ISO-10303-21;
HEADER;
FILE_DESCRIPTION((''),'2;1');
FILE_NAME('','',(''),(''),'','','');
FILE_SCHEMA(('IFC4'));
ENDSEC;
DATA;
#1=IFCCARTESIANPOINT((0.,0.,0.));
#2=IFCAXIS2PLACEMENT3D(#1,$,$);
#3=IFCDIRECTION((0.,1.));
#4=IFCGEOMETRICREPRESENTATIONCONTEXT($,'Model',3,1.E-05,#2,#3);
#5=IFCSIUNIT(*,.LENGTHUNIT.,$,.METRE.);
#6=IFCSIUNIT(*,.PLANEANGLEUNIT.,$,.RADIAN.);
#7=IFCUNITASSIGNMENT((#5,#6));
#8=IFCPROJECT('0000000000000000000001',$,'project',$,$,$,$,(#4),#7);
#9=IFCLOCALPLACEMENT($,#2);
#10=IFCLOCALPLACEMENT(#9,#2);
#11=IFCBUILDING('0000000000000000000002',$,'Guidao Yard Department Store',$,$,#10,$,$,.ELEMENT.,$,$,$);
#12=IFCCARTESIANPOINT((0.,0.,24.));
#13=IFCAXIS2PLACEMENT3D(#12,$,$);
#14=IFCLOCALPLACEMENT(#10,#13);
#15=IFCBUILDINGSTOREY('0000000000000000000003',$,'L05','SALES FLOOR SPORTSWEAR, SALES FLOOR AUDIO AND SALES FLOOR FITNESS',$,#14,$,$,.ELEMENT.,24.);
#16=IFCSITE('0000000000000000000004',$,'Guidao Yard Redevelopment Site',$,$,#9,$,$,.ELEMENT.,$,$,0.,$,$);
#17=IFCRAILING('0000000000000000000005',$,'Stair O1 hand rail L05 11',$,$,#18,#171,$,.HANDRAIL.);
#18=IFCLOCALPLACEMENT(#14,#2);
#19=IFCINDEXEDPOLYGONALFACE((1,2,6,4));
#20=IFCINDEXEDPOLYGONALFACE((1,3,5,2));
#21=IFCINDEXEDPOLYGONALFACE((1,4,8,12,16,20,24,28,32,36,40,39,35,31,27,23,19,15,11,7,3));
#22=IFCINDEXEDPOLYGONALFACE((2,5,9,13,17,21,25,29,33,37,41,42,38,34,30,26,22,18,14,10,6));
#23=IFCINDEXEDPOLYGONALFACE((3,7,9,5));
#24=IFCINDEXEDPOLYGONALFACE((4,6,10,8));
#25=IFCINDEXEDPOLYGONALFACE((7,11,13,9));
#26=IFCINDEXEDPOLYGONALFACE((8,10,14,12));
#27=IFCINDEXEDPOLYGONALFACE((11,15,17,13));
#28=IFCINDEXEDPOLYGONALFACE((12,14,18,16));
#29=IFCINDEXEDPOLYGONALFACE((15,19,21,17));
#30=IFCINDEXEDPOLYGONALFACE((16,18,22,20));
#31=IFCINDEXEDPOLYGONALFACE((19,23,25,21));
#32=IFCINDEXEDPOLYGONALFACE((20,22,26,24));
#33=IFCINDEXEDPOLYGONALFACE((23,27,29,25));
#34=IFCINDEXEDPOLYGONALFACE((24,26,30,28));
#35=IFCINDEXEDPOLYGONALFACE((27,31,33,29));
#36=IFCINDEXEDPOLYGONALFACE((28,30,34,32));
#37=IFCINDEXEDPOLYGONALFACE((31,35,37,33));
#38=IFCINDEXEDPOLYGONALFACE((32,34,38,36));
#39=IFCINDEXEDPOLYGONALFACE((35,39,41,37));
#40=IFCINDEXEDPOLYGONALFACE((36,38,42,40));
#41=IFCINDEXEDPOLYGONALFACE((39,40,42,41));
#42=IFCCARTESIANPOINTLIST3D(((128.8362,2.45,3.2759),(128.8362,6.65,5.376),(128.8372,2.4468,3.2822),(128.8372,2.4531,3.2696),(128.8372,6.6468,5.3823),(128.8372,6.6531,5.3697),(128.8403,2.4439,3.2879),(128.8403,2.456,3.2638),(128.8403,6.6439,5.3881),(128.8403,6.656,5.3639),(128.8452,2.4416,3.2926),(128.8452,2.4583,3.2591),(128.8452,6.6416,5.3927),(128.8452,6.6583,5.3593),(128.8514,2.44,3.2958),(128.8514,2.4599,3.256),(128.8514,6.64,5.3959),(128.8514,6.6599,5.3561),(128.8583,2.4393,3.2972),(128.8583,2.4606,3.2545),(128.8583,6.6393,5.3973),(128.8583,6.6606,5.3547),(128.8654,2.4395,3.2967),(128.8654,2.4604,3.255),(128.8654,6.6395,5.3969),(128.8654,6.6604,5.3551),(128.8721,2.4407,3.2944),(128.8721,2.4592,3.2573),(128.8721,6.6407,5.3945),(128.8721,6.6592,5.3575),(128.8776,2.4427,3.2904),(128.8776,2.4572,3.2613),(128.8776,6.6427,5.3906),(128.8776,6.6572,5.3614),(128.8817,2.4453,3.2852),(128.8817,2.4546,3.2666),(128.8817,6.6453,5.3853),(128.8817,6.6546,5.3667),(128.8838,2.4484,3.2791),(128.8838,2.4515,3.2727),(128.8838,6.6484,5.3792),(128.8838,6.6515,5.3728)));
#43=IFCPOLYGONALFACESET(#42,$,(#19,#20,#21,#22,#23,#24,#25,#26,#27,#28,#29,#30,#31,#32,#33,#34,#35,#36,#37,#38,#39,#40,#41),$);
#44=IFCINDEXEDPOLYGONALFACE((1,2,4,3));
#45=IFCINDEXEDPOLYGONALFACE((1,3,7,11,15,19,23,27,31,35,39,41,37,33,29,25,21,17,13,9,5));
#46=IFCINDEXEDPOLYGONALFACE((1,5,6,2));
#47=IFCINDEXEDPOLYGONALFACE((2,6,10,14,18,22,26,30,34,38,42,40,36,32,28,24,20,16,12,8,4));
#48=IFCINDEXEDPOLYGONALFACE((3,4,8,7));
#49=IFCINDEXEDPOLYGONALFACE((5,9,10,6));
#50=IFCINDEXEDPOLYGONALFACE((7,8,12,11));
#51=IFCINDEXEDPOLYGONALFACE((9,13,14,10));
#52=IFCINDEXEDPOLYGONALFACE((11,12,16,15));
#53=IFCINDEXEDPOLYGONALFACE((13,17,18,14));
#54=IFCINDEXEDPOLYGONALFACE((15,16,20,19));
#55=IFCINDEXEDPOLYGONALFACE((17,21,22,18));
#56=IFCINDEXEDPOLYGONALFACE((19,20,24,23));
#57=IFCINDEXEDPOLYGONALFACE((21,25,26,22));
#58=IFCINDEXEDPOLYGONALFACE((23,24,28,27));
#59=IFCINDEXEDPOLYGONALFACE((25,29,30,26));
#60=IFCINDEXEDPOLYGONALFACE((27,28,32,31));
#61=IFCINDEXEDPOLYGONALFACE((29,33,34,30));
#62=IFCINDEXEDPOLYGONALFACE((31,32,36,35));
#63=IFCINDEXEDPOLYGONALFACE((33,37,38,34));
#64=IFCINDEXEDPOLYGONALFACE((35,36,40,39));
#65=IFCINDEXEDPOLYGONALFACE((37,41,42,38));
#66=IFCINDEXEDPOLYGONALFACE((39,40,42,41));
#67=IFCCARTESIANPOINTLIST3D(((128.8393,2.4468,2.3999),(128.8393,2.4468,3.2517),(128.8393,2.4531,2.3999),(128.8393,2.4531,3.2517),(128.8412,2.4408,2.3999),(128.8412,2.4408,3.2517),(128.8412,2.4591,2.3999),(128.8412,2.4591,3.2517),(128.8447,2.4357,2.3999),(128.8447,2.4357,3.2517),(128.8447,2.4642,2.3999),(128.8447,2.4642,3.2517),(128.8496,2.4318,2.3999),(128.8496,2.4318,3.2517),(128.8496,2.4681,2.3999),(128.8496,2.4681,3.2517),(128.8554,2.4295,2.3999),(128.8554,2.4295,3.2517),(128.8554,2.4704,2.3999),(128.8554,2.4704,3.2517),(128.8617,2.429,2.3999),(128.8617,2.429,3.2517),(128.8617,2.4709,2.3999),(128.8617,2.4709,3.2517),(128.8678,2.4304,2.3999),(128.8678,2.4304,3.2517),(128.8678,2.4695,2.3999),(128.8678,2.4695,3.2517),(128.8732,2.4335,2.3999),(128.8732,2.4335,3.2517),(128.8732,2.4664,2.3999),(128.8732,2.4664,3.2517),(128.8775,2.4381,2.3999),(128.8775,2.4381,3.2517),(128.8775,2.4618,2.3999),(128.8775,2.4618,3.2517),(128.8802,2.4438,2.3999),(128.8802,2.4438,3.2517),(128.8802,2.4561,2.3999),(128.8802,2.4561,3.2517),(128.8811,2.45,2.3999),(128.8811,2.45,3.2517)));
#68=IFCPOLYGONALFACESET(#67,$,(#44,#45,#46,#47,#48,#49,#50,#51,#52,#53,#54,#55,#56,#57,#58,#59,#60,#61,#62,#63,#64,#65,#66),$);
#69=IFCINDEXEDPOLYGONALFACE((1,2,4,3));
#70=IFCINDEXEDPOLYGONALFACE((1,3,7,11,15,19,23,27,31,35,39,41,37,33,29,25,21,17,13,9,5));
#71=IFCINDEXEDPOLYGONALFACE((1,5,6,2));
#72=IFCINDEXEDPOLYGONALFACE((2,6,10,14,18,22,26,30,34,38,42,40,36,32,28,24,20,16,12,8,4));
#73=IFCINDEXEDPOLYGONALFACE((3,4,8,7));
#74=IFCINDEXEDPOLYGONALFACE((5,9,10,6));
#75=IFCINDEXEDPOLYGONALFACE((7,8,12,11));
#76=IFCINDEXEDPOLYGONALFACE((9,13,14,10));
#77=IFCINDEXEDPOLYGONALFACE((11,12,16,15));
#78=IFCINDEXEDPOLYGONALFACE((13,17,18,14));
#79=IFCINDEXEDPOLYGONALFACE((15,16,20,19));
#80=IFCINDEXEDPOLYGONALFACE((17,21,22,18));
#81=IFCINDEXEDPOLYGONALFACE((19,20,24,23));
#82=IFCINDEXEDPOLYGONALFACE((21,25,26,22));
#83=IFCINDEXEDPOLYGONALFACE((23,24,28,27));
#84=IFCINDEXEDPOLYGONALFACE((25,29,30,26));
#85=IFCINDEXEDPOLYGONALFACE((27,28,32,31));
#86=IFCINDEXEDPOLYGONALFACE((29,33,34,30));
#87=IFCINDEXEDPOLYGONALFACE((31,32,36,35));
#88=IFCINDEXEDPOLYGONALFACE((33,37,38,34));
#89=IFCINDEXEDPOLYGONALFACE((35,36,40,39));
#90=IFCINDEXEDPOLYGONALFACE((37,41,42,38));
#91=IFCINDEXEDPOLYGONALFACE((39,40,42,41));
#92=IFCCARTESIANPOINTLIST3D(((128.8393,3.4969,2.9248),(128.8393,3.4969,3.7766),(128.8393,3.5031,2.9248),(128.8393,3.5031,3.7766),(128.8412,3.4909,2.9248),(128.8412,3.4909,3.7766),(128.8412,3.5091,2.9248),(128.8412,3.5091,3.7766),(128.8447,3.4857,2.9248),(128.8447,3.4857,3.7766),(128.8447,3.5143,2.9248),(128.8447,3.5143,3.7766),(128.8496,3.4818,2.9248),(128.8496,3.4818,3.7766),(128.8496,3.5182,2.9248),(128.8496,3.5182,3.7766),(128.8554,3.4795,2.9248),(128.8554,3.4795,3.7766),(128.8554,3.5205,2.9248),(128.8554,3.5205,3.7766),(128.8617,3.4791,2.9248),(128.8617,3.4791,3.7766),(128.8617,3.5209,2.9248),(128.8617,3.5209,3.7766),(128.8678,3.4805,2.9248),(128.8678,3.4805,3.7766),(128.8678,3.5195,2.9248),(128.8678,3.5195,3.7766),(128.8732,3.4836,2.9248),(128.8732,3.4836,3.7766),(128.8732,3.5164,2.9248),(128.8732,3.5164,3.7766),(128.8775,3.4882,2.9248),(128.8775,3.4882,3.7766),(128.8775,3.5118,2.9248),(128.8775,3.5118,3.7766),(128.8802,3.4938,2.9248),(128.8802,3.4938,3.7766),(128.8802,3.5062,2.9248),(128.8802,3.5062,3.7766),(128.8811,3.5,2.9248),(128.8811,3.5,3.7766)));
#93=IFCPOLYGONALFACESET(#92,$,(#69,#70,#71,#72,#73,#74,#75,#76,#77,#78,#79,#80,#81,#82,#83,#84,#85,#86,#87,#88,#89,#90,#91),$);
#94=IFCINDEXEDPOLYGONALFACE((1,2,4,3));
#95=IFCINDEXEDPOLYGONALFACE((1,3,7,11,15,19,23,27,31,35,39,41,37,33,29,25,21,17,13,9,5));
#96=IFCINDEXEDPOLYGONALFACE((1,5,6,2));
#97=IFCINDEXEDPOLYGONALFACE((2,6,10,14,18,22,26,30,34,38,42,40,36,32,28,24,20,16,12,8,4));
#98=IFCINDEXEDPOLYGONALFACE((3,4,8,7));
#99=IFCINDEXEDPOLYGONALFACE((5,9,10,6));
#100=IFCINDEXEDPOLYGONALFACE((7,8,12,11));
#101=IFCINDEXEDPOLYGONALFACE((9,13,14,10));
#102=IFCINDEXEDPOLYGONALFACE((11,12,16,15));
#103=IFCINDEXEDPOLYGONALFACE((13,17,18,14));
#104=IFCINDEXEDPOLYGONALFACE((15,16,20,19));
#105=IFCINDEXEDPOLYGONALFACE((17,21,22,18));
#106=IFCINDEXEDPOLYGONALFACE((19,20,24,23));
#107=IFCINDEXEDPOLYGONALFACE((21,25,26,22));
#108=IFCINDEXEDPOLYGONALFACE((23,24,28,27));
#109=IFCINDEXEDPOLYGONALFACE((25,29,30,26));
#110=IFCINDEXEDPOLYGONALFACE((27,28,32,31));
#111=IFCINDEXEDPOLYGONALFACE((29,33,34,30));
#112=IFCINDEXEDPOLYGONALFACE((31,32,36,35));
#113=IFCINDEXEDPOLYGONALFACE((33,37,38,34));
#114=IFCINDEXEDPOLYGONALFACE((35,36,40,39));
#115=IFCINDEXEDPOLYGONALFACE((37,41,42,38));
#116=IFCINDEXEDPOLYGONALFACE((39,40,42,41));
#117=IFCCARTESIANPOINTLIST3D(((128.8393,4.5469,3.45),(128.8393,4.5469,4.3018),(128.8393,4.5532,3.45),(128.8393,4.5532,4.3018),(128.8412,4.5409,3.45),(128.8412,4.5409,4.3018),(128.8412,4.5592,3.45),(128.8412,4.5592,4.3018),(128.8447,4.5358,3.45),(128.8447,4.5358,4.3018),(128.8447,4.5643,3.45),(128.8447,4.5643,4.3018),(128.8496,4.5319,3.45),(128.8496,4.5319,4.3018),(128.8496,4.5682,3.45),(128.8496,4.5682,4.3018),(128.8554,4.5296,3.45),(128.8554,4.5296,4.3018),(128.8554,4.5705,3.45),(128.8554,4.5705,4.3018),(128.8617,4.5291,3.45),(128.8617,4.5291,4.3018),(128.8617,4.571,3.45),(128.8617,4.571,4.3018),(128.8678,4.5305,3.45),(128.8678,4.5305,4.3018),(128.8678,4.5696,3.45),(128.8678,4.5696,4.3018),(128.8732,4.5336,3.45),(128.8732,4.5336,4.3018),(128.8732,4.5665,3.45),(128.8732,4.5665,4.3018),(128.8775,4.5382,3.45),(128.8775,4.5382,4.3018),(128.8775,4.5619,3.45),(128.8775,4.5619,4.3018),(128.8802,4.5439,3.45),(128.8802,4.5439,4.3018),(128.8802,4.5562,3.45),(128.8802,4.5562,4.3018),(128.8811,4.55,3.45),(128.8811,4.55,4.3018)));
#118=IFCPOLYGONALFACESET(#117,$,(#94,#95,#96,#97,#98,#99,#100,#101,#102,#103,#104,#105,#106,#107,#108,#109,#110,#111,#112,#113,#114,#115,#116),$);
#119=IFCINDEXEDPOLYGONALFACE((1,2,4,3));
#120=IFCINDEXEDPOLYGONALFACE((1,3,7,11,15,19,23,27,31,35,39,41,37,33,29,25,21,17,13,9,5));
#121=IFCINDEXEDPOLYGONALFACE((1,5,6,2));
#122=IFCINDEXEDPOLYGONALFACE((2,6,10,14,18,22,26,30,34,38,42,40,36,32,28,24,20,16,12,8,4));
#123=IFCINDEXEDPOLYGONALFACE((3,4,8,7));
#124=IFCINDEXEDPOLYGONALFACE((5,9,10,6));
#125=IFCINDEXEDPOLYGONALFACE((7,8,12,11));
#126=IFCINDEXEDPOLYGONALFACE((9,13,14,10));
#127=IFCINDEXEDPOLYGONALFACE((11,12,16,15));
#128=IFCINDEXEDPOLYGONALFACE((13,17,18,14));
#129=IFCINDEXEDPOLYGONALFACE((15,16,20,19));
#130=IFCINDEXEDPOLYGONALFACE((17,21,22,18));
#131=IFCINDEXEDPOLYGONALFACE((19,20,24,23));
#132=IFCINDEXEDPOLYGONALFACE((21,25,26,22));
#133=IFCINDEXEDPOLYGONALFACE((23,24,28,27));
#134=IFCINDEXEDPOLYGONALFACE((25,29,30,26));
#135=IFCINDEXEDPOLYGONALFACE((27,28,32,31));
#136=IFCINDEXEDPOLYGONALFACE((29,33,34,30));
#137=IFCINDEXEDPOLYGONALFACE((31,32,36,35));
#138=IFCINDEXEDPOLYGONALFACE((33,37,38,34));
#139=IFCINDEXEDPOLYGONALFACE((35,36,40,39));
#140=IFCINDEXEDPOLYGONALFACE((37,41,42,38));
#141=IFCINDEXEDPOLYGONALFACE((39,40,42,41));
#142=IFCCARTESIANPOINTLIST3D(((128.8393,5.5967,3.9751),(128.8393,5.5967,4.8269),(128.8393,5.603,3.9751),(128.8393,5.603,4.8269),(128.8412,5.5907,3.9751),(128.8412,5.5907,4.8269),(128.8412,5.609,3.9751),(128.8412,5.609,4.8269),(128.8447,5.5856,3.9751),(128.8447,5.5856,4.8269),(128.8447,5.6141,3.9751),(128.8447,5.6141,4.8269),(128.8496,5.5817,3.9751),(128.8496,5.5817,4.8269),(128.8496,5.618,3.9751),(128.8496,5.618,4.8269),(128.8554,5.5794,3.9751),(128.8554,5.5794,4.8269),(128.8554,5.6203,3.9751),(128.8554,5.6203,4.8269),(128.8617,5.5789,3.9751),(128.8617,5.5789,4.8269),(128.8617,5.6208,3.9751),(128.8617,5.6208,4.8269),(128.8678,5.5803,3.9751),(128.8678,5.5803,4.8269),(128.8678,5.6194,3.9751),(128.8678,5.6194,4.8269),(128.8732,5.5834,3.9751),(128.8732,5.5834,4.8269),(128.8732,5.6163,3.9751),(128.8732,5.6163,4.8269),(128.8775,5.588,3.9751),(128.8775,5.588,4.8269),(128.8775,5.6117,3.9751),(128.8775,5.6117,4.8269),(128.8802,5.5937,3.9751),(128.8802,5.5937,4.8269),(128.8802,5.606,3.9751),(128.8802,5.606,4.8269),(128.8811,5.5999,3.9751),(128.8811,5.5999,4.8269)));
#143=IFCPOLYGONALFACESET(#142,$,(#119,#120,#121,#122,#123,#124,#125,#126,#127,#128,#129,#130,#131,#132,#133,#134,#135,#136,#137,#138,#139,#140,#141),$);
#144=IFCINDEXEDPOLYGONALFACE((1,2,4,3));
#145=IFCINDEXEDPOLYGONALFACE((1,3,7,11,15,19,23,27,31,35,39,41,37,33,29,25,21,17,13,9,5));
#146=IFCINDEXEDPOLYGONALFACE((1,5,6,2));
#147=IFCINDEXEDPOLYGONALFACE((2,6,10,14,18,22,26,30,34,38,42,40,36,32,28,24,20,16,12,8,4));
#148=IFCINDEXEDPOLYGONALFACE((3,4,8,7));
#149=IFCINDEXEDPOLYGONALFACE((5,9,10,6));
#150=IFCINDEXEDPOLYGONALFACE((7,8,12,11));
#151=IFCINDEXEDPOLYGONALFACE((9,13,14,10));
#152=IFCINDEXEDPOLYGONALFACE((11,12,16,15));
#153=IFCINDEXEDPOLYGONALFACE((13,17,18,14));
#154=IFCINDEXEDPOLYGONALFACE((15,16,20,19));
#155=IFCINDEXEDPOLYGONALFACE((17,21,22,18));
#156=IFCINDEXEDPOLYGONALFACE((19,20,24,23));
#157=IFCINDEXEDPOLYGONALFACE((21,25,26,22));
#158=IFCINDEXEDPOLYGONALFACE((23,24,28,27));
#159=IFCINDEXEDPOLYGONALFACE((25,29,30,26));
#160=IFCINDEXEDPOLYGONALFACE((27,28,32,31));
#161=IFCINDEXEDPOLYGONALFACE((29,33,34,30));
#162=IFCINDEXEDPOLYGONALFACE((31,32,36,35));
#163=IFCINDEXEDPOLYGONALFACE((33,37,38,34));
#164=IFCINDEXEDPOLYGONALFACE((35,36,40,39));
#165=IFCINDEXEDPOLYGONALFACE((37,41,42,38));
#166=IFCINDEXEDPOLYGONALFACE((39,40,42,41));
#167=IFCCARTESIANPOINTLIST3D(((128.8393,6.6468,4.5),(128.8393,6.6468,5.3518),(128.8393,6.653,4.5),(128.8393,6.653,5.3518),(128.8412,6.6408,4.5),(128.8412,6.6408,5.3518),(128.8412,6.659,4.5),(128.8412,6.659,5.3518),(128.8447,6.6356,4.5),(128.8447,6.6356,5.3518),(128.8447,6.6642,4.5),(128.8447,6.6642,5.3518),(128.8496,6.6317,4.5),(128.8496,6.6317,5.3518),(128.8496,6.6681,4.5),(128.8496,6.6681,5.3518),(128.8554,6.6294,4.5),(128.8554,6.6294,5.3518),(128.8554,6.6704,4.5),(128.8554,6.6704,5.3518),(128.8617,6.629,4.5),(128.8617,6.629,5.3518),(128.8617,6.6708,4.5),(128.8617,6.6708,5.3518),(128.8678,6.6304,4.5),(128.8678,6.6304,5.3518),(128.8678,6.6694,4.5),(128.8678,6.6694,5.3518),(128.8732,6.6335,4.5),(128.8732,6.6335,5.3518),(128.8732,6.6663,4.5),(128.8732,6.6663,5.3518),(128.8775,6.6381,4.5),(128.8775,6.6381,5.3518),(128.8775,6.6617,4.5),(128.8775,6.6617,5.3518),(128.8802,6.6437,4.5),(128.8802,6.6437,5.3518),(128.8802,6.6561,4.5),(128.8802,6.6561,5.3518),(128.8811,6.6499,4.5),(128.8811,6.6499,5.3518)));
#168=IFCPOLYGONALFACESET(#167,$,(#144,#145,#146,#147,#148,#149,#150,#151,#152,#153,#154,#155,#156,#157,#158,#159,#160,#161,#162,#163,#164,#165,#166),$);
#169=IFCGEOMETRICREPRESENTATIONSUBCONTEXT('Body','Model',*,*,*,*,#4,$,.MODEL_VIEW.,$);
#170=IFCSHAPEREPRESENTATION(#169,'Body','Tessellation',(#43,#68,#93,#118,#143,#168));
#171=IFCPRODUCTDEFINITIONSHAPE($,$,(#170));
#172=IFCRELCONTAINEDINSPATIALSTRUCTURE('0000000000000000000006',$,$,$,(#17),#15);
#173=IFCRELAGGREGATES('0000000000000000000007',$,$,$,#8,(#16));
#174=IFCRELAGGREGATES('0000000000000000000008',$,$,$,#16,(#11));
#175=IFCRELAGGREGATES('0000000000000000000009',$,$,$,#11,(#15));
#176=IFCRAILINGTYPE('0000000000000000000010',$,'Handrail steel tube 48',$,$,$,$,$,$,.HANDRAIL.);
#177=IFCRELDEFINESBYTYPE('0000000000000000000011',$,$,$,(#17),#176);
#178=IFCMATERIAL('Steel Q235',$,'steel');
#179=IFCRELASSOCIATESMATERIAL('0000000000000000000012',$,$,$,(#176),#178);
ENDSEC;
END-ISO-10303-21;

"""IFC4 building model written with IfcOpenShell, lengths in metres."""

from ifc_helpers import new_model, si_unit, direction, frame, origin, origin_2d, place, context, subcontext, project, spatial, circle, extrude, material, type_object, element, save


model = new_model("IFC4")

# Units and contexts
model_context = context("Model", 3, precision=1e-05, world=origin(), true_north=direction((0.0, 1.0)))
body_context = subcontext(model_context, "Body", "Model", "MODEL_VIEW")
ifc_project = project(units=[si_unit("LENGTHUNIT", "METRE"), si_unit("PLANEANGLEUNIT", "RADIAN")], contexts=[model_context])

# Site, building, storey
site_placement = place(None, origin())
site = spatial("IfcSite", under=ifc_project, at=site_placement, Name="Guidao Yard Redevelopment Site", CompositionType="ELEMENT", RefElevation=0.0)
building_placement = place(site_placement, origin())
building = spatial("IfcBuilding", under=site, at=building_placement, Name="Guidao Yard Department Store", CompositionType="ELEMENT")
storey_placement = place(building_placement, frame((0.0, 0.0, 24.0)))
storey = spatial("IfcBuildingStorey", under=building, at=storey_placement, Name="L05", Description="SALES FLOOR SPORTSWEAR, SALES FLOOR AUDIO AND SALES FLOOR FITNESS", CompositionType="ELEMENT", Elevation=24.0)

# Railing
ifc_material_1 = material(Name="Steel Q235", Category="steel")
railing_type = type_object("IfcRailingType", Name="Handrail steel tube 48", PredefinedType="HANDRAIL", material=ifc_material_1)
for number, where, name in (
    (1, (128.8601, 2.45, 2.3999), "Stair O1 hand rail L05 11"),
):
    element("IfcRailing", number, at=place(storey_placement, frame(where)), inside=storey, type_object=railing_type, Name=name, PredefinedType="HANDRAIL", context=body_context, shape_type="SweptSolid", body=[
        extrude(circle(Radius=0.0239, at=origin_2d()), frame((0.0, 0.0, 0.876), z_axis=(0.0, 0.894417, 0.447234), x_axis=(-1.0, 0.0, 0.0)), (0.0, 0.0, 1.0), 4.6958),
        extrude(circle(Radius=0.021, at=origin_2d()), origin(), (0.0, 0.0, 1.0), 0.8518),
        extrude(circle(Radius=0.021, at=origin_2d()), frame((0.0, 1.05, 0.5249)), (0.0, 0.0, 1.0), 0.8518),
        extrude(circle(Radius=0.021, at=origin_2d()), frame((0.0, 2.1001, 1.05)), (0.0, 0.0, 1.0), 0.8518),
        extrude(circle(Radius=0.021, at=origin_2d()), frame((0.0, 3.1499, 1.5752)), (0.0, 0.0, 1.0), 0.8518),
        extrude(circle(Radius=0.021, at=origin_2d()), frame((0.0, 4.2, 2.1001)), (0.0, 0.0, 1.0), 0.8518),
    ])

save(model, "model.ifc")
